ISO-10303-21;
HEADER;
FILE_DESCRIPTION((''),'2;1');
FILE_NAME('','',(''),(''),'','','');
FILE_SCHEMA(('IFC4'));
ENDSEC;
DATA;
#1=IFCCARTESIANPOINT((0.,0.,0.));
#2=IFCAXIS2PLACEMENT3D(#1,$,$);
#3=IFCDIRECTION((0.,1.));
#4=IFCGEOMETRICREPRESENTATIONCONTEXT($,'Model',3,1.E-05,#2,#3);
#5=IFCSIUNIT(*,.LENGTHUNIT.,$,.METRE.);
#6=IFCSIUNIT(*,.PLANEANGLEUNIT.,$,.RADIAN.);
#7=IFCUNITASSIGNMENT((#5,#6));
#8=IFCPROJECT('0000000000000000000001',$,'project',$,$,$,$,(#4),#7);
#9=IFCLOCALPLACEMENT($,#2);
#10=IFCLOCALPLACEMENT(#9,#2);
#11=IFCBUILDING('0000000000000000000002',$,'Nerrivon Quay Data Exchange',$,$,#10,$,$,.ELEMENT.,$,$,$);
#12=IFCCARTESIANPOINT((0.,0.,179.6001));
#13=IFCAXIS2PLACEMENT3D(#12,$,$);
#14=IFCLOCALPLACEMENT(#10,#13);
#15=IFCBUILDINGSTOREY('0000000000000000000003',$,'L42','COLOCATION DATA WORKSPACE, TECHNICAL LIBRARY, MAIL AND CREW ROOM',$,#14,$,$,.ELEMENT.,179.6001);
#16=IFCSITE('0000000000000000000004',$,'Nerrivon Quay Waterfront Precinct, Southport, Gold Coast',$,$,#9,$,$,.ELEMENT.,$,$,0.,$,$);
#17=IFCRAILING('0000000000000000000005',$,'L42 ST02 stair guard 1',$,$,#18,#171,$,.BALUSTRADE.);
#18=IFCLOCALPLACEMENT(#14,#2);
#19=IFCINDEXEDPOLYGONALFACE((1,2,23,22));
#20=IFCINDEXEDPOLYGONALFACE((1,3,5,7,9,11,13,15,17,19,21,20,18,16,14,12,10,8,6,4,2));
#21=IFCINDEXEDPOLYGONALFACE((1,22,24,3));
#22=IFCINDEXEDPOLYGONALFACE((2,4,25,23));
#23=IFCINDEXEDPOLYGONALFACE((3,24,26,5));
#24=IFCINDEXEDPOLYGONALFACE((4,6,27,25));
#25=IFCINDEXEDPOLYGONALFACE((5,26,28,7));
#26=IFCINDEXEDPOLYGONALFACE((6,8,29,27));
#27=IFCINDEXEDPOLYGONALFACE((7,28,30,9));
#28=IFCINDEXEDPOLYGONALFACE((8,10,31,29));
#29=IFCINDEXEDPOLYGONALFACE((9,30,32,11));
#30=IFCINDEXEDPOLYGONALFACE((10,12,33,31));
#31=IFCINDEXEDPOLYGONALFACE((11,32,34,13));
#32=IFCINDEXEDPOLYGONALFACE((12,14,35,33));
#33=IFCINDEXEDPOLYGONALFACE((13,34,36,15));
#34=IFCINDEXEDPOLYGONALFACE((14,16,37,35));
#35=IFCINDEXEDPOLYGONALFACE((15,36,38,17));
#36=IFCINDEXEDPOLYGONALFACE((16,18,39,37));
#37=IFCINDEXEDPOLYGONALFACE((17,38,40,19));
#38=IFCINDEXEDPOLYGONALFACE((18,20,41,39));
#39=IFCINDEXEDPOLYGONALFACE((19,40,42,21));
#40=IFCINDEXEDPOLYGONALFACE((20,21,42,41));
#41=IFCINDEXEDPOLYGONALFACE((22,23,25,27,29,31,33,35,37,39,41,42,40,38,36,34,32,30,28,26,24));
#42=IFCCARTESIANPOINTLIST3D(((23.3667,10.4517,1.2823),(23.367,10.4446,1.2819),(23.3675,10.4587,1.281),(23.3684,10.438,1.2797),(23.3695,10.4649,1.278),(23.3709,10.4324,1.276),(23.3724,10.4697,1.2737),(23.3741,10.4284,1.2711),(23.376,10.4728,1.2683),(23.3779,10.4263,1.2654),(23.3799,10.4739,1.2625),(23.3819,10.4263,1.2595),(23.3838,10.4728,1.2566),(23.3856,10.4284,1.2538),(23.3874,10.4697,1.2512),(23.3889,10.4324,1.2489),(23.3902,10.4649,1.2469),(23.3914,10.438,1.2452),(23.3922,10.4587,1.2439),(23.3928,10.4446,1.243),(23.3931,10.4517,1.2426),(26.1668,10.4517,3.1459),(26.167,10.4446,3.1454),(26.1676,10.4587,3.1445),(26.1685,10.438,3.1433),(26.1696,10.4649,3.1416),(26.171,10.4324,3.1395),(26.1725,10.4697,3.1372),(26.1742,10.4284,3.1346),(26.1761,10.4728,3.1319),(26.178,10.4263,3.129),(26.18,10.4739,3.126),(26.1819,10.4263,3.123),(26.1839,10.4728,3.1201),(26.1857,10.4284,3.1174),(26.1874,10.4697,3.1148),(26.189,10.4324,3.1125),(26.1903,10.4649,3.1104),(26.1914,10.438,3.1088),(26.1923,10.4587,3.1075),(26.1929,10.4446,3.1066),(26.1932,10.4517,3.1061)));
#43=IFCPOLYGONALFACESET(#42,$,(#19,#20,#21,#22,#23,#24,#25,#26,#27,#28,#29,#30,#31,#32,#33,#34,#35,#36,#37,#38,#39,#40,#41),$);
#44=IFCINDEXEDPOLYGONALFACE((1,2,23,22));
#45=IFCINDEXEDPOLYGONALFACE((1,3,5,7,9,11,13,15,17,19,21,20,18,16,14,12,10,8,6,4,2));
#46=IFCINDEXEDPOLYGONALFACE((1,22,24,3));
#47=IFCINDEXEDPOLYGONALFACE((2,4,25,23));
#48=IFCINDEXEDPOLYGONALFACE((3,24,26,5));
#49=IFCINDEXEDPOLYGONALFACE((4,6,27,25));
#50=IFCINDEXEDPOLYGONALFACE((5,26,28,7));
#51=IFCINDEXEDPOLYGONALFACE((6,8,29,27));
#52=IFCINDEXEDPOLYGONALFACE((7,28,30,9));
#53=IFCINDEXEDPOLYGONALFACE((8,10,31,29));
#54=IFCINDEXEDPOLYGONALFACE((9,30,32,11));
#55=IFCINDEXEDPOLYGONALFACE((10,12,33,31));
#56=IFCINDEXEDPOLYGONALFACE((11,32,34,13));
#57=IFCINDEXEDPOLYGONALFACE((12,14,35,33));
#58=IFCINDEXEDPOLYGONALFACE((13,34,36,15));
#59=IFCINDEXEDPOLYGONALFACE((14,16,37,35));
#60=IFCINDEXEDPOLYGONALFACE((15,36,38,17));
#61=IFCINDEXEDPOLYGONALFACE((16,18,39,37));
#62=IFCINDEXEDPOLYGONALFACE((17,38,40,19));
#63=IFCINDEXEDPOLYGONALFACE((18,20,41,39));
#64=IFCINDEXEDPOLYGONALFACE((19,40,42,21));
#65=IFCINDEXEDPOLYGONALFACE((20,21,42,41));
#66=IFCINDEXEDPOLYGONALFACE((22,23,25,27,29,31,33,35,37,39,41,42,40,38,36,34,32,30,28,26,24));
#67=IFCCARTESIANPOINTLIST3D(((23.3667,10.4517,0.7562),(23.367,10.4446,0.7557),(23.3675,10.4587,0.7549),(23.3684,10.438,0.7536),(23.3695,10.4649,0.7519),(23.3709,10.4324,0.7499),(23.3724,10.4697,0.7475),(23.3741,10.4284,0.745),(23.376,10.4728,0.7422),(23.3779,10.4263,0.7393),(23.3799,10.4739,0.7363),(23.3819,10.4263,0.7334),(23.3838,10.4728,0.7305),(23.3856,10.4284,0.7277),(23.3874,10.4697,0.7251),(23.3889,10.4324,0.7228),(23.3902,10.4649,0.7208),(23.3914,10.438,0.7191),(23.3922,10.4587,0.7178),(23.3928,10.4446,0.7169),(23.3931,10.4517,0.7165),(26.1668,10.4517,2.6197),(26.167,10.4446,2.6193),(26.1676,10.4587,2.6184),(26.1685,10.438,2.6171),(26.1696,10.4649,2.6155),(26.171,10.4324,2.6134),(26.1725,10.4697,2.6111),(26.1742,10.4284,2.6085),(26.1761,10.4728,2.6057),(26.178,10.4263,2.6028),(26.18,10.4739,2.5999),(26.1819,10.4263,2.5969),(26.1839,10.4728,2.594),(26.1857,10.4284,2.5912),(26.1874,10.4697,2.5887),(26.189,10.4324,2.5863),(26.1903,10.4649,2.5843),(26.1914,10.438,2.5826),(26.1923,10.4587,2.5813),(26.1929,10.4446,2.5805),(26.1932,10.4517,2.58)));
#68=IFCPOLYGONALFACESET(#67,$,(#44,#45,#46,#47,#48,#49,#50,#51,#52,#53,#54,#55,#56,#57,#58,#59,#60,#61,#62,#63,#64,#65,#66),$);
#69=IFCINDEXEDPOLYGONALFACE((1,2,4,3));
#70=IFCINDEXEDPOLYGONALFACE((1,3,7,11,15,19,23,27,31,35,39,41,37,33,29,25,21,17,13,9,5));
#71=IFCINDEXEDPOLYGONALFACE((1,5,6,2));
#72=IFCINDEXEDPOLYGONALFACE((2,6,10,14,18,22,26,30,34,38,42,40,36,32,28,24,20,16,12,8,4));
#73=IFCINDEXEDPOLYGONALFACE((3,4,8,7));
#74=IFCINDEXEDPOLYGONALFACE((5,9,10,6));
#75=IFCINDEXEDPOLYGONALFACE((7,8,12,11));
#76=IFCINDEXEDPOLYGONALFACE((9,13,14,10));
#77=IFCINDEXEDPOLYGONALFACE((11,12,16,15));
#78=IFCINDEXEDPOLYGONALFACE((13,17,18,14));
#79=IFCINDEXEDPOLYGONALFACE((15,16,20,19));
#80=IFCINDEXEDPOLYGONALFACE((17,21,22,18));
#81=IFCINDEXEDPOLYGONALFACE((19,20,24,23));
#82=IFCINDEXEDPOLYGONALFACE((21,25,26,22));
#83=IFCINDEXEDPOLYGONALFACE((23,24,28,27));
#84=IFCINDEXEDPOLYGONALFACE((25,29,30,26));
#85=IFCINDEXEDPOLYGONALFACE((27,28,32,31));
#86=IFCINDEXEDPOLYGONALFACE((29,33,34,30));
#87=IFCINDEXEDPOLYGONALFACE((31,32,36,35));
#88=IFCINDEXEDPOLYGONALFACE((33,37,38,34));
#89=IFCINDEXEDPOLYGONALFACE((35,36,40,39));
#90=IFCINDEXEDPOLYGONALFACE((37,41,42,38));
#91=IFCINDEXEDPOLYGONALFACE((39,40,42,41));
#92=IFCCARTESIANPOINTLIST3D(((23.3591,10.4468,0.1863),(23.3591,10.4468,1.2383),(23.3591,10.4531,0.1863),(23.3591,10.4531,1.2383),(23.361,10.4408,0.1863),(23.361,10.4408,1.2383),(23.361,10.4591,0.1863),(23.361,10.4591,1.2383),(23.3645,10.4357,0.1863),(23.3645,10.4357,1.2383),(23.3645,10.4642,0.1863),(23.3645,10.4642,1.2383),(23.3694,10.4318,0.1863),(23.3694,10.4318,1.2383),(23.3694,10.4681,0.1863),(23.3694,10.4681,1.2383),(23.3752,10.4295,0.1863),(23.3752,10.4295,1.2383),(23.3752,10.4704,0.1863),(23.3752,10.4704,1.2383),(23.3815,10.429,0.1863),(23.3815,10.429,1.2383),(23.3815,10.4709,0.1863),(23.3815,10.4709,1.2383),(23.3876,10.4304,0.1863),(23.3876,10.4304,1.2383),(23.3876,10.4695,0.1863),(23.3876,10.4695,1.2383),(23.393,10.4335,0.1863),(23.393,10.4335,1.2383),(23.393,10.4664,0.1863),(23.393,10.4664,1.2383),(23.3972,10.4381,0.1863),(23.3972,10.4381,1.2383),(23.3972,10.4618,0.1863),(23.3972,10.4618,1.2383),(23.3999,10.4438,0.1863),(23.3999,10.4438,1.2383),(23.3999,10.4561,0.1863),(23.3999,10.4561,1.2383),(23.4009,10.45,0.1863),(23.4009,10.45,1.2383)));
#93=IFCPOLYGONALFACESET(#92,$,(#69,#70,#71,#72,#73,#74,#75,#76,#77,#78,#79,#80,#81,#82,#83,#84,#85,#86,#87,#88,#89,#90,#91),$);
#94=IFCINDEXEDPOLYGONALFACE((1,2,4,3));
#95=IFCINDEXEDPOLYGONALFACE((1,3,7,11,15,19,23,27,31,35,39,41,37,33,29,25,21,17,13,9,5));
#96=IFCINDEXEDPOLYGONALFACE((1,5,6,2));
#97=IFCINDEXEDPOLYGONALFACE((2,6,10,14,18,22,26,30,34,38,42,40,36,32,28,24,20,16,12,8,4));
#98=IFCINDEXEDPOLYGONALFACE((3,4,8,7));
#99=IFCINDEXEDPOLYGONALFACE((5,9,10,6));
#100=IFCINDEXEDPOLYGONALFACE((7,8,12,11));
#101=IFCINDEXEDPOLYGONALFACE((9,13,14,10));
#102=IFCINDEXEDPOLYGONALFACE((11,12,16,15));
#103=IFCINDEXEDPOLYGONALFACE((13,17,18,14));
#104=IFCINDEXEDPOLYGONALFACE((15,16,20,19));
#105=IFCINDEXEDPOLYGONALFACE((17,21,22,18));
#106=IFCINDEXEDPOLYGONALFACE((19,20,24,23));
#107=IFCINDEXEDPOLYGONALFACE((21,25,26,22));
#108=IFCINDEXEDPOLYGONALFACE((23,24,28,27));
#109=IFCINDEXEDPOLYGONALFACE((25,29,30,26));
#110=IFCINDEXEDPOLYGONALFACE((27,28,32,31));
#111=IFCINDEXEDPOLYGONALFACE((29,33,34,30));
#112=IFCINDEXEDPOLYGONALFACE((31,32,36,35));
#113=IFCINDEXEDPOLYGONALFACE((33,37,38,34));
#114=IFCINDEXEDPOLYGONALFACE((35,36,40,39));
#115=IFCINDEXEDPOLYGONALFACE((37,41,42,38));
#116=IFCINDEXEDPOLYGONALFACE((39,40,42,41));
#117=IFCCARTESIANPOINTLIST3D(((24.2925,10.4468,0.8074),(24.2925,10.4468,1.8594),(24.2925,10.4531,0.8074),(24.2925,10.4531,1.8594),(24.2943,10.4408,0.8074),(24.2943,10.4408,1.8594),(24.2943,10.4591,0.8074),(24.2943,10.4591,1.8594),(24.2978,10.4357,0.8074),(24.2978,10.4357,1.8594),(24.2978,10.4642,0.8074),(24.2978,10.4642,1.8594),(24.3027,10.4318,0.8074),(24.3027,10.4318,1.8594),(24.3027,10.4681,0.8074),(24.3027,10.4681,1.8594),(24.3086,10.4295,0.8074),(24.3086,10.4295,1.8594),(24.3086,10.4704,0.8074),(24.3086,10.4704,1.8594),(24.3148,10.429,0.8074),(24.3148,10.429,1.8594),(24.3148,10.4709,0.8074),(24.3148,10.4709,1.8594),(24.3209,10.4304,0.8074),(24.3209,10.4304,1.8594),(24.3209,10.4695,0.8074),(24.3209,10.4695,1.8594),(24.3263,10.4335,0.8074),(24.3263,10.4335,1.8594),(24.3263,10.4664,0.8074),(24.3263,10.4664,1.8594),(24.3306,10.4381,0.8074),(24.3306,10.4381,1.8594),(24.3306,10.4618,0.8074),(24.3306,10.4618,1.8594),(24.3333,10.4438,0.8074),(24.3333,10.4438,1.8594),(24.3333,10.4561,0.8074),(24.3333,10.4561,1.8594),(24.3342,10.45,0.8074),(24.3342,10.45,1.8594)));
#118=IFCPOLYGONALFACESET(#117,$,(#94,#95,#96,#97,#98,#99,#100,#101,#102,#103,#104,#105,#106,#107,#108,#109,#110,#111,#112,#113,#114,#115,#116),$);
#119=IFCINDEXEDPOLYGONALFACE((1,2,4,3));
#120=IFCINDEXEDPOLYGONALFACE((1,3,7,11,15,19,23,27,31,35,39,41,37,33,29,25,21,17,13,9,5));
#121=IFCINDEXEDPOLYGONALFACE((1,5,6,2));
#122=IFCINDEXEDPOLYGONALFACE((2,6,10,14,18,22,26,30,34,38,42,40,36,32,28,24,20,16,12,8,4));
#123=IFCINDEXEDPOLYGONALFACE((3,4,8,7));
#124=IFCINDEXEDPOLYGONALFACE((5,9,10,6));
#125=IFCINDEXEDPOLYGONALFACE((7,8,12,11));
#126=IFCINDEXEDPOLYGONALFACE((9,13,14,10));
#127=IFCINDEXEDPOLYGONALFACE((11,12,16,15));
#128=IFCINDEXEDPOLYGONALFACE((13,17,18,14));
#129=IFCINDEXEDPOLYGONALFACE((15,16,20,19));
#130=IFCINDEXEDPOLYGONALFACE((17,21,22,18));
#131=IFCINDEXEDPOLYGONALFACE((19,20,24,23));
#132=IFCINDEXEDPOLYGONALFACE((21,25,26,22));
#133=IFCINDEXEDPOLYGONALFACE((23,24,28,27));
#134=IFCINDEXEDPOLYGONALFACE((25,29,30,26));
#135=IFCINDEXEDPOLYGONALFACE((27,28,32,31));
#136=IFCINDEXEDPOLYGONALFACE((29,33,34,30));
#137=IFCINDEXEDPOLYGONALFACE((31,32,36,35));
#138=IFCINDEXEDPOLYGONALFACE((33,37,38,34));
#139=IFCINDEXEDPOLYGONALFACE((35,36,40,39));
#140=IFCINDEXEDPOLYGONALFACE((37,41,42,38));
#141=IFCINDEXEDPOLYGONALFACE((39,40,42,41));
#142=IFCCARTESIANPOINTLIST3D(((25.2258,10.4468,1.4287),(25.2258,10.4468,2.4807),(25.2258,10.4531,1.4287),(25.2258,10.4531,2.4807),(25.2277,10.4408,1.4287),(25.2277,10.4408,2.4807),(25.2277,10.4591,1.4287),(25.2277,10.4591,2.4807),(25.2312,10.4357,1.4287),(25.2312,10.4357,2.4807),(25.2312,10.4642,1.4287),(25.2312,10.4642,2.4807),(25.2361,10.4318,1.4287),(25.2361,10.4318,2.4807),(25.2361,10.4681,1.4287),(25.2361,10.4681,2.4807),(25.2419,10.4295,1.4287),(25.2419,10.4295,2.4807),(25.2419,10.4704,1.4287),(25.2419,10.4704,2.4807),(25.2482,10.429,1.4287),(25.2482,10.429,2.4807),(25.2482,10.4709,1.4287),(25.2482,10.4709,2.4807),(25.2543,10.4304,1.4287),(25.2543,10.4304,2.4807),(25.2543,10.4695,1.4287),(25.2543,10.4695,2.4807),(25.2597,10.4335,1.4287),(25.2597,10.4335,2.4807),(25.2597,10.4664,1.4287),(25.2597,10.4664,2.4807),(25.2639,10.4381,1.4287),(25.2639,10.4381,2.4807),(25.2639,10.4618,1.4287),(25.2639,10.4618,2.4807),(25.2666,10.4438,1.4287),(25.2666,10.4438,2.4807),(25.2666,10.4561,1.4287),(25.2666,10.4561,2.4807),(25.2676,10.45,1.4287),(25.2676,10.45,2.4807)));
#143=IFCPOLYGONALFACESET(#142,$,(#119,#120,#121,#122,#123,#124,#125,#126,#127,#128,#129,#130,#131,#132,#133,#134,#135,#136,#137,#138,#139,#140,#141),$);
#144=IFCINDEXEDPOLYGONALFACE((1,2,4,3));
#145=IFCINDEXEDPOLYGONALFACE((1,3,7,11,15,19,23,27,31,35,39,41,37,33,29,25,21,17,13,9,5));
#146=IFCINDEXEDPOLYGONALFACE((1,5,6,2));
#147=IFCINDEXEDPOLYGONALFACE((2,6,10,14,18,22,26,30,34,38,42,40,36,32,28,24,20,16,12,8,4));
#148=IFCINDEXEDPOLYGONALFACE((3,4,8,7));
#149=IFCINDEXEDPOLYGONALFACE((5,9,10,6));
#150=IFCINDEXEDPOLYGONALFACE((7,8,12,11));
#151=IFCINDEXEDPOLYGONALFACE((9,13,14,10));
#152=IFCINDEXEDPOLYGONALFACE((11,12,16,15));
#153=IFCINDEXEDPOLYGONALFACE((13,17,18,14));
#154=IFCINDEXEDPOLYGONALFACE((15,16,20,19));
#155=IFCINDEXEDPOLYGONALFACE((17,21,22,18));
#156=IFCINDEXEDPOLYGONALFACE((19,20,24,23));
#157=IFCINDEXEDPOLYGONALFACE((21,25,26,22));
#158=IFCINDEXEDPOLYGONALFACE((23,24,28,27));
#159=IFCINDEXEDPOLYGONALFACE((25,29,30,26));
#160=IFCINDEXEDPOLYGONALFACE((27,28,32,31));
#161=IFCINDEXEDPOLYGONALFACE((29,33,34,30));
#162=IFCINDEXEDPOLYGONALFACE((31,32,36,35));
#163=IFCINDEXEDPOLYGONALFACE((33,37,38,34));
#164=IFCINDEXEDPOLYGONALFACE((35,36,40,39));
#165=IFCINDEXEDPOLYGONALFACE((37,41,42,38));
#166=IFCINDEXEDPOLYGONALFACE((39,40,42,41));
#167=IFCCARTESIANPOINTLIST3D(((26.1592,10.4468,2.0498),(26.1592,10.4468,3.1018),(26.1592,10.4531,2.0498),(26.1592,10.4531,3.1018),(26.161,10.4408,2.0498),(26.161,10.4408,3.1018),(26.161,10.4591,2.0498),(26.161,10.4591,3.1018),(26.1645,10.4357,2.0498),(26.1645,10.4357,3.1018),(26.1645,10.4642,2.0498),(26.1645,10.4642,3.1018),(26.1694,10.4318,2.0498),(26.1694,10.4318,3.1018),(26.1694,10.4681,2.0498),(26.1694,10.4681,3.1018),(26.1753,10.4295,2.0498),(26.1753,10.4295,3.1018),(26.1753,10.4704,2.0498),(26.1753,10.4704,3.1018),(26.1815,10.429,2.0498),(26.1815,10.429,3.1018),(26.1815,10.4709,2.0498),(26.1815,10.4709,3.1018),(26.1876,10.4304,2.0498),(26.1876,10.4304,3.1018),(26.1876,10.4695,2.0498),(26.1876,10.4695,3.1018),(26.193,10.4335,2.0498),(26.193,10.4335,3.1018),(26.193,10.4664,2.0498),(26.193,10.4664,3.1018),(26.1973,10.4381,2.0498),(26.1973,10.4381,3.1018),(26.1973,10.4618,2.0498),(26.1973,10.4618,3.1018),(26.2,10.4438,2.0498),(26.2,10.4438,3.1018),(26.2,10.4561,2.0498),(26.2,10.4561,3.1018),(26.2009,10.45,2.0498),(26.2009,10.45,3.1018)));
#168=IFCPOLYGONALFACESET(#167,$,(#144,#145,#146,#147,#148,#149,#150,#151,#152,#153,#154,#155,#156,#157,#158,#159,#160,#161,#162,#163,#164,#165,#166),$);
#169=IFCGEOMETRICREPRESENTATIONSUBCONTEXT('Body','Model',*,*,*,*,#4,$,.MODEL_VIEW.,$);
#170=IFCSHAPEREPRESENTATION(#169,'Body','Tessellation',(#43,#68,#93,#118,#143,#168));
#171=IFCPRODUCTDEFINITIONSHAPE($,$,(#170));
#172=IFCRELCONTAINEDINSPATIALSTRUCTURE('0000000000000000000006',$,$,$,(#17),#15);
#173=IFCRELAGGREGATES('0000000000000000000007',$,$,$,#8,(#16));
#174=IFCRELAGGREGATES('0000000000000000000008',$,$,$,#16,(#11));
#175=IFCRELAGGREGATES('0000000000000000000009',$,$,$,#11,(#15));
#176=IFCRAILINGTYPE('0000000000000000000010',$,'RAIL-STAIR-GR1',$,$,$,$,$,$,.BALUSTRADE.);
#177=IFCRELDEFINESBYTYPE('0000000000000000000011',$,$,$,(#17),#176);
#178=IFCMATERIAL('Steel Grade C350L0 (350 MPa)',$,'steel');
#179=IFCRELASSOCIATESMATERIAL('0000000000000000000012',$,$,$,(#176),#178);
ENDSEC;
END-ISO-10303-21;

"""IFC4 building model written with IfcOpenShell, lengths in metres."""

from ifc_helpers import new_model, si_unit, direction, frame, origin, origin_2d, place, context, subcontext, project, spatial, circle, extrude, material, type_object, element, save


model = new_model("IFC4")

# Units and contexts
model_context = context("Model", 3, precision=1e-05, world=origin(), true_north=direction((0.0, 1.0)))
body_context = subcontext(model_context, "Body", "Model", "MODEL_VIEW")
ifc_project = project(units=[si_unit("LENGTHUNIT", "METRE"), si_unit("PLANEANGLEUNIT", "RADIAN")], contexts=[model_context])

# Site, building, storey
site_placement = place(None, origin())
site = spatial("IfcSite", under=ifc_project, at=site_placement, Name="Nerrivon Quay Waterfront Precinct, Southport, Gold Coast", CompositionType="ELEMENT", RefElevation=0.0)
building_placement = place(site_placement, origin())
building = spatial("IfcBuilding", under=site, at=building_placement, Name="Nerrivon Quay Data Exchange", CompositionType="ELEMENT")
storey_placement = place(building_placement, frame((0.0, 0.0, 179.6001)))
storey = spatial("IfcBuildingStorey", under=building, at=storey_placement, Name="L42", Description="COLOCATION DATA WORKSPACE, TECHNICAL LIBRARY, MAIL AND CREW ROOM", CompositionType="ELEMENT", Elevation=179.6001)

# Railing
ifc_material_1 = material(Name="Steel Grade C350L0 (350 MPa)", Category="steel")
railing_type_1 = type_object("IfcRailingType", Name="RAIL-STAIR-GR1", PredefinedType="BALUSTRADE", material=ifc_material_1)
railing_1_placement = place(storey_placement, frame((23.3799, 10.45, 0.1863)))
element("IfcRailing", 1, at=railing_1_placement, inside=storey, type_object=railing_type_1, Name="L42 ST02 stair guard 1", PredefinedType="BALUSTRADE", context=body_context, shape_type="SweptSolid", body=[
    extrude(circle(Radius=0.0239, at=origin_2d()), frame((0.0, 0.0, 1.0762), z_axis=(0.832486, 0.0, 0.554047), x_axis=(0.0, 1.0, 0.0)), (0.0, 0.0, 1.0), 3.3635),
    extrude(circle(Radius=0.0239, at=origin_2d()), frame((0.0, 0.0, 0.55), z_axis=(0.832486, 0.0, 0.554047), x_axis=(0.0, 1.0, 0.0)), (0.0, 0.0, 1.0), 3.3635),
    extrude(circle(Radius=0.021, at=origin_2d()), origin(), (0.0, 0.0, 1.0), 1.052),
    extrude(circle(Radius=0.021, at=origin_2d()), frame((0.9333, 0.0, 0.6211)), (0.0, 0.0, 1.0), 1.052),
    extrude(circle(Radius=0.021, at=origin_2d()), frame((1.8667, 0.0, 1.2424)), (0.0, 0.0, 1.0), 1.052),
    extrude(circle(Radius=0.021, at=origin_2d()), frame((2.8, 0.0, 1.8635)), (0.0, 0.0, 1.0), 1.052),
])

save(model, "model.ifc")
